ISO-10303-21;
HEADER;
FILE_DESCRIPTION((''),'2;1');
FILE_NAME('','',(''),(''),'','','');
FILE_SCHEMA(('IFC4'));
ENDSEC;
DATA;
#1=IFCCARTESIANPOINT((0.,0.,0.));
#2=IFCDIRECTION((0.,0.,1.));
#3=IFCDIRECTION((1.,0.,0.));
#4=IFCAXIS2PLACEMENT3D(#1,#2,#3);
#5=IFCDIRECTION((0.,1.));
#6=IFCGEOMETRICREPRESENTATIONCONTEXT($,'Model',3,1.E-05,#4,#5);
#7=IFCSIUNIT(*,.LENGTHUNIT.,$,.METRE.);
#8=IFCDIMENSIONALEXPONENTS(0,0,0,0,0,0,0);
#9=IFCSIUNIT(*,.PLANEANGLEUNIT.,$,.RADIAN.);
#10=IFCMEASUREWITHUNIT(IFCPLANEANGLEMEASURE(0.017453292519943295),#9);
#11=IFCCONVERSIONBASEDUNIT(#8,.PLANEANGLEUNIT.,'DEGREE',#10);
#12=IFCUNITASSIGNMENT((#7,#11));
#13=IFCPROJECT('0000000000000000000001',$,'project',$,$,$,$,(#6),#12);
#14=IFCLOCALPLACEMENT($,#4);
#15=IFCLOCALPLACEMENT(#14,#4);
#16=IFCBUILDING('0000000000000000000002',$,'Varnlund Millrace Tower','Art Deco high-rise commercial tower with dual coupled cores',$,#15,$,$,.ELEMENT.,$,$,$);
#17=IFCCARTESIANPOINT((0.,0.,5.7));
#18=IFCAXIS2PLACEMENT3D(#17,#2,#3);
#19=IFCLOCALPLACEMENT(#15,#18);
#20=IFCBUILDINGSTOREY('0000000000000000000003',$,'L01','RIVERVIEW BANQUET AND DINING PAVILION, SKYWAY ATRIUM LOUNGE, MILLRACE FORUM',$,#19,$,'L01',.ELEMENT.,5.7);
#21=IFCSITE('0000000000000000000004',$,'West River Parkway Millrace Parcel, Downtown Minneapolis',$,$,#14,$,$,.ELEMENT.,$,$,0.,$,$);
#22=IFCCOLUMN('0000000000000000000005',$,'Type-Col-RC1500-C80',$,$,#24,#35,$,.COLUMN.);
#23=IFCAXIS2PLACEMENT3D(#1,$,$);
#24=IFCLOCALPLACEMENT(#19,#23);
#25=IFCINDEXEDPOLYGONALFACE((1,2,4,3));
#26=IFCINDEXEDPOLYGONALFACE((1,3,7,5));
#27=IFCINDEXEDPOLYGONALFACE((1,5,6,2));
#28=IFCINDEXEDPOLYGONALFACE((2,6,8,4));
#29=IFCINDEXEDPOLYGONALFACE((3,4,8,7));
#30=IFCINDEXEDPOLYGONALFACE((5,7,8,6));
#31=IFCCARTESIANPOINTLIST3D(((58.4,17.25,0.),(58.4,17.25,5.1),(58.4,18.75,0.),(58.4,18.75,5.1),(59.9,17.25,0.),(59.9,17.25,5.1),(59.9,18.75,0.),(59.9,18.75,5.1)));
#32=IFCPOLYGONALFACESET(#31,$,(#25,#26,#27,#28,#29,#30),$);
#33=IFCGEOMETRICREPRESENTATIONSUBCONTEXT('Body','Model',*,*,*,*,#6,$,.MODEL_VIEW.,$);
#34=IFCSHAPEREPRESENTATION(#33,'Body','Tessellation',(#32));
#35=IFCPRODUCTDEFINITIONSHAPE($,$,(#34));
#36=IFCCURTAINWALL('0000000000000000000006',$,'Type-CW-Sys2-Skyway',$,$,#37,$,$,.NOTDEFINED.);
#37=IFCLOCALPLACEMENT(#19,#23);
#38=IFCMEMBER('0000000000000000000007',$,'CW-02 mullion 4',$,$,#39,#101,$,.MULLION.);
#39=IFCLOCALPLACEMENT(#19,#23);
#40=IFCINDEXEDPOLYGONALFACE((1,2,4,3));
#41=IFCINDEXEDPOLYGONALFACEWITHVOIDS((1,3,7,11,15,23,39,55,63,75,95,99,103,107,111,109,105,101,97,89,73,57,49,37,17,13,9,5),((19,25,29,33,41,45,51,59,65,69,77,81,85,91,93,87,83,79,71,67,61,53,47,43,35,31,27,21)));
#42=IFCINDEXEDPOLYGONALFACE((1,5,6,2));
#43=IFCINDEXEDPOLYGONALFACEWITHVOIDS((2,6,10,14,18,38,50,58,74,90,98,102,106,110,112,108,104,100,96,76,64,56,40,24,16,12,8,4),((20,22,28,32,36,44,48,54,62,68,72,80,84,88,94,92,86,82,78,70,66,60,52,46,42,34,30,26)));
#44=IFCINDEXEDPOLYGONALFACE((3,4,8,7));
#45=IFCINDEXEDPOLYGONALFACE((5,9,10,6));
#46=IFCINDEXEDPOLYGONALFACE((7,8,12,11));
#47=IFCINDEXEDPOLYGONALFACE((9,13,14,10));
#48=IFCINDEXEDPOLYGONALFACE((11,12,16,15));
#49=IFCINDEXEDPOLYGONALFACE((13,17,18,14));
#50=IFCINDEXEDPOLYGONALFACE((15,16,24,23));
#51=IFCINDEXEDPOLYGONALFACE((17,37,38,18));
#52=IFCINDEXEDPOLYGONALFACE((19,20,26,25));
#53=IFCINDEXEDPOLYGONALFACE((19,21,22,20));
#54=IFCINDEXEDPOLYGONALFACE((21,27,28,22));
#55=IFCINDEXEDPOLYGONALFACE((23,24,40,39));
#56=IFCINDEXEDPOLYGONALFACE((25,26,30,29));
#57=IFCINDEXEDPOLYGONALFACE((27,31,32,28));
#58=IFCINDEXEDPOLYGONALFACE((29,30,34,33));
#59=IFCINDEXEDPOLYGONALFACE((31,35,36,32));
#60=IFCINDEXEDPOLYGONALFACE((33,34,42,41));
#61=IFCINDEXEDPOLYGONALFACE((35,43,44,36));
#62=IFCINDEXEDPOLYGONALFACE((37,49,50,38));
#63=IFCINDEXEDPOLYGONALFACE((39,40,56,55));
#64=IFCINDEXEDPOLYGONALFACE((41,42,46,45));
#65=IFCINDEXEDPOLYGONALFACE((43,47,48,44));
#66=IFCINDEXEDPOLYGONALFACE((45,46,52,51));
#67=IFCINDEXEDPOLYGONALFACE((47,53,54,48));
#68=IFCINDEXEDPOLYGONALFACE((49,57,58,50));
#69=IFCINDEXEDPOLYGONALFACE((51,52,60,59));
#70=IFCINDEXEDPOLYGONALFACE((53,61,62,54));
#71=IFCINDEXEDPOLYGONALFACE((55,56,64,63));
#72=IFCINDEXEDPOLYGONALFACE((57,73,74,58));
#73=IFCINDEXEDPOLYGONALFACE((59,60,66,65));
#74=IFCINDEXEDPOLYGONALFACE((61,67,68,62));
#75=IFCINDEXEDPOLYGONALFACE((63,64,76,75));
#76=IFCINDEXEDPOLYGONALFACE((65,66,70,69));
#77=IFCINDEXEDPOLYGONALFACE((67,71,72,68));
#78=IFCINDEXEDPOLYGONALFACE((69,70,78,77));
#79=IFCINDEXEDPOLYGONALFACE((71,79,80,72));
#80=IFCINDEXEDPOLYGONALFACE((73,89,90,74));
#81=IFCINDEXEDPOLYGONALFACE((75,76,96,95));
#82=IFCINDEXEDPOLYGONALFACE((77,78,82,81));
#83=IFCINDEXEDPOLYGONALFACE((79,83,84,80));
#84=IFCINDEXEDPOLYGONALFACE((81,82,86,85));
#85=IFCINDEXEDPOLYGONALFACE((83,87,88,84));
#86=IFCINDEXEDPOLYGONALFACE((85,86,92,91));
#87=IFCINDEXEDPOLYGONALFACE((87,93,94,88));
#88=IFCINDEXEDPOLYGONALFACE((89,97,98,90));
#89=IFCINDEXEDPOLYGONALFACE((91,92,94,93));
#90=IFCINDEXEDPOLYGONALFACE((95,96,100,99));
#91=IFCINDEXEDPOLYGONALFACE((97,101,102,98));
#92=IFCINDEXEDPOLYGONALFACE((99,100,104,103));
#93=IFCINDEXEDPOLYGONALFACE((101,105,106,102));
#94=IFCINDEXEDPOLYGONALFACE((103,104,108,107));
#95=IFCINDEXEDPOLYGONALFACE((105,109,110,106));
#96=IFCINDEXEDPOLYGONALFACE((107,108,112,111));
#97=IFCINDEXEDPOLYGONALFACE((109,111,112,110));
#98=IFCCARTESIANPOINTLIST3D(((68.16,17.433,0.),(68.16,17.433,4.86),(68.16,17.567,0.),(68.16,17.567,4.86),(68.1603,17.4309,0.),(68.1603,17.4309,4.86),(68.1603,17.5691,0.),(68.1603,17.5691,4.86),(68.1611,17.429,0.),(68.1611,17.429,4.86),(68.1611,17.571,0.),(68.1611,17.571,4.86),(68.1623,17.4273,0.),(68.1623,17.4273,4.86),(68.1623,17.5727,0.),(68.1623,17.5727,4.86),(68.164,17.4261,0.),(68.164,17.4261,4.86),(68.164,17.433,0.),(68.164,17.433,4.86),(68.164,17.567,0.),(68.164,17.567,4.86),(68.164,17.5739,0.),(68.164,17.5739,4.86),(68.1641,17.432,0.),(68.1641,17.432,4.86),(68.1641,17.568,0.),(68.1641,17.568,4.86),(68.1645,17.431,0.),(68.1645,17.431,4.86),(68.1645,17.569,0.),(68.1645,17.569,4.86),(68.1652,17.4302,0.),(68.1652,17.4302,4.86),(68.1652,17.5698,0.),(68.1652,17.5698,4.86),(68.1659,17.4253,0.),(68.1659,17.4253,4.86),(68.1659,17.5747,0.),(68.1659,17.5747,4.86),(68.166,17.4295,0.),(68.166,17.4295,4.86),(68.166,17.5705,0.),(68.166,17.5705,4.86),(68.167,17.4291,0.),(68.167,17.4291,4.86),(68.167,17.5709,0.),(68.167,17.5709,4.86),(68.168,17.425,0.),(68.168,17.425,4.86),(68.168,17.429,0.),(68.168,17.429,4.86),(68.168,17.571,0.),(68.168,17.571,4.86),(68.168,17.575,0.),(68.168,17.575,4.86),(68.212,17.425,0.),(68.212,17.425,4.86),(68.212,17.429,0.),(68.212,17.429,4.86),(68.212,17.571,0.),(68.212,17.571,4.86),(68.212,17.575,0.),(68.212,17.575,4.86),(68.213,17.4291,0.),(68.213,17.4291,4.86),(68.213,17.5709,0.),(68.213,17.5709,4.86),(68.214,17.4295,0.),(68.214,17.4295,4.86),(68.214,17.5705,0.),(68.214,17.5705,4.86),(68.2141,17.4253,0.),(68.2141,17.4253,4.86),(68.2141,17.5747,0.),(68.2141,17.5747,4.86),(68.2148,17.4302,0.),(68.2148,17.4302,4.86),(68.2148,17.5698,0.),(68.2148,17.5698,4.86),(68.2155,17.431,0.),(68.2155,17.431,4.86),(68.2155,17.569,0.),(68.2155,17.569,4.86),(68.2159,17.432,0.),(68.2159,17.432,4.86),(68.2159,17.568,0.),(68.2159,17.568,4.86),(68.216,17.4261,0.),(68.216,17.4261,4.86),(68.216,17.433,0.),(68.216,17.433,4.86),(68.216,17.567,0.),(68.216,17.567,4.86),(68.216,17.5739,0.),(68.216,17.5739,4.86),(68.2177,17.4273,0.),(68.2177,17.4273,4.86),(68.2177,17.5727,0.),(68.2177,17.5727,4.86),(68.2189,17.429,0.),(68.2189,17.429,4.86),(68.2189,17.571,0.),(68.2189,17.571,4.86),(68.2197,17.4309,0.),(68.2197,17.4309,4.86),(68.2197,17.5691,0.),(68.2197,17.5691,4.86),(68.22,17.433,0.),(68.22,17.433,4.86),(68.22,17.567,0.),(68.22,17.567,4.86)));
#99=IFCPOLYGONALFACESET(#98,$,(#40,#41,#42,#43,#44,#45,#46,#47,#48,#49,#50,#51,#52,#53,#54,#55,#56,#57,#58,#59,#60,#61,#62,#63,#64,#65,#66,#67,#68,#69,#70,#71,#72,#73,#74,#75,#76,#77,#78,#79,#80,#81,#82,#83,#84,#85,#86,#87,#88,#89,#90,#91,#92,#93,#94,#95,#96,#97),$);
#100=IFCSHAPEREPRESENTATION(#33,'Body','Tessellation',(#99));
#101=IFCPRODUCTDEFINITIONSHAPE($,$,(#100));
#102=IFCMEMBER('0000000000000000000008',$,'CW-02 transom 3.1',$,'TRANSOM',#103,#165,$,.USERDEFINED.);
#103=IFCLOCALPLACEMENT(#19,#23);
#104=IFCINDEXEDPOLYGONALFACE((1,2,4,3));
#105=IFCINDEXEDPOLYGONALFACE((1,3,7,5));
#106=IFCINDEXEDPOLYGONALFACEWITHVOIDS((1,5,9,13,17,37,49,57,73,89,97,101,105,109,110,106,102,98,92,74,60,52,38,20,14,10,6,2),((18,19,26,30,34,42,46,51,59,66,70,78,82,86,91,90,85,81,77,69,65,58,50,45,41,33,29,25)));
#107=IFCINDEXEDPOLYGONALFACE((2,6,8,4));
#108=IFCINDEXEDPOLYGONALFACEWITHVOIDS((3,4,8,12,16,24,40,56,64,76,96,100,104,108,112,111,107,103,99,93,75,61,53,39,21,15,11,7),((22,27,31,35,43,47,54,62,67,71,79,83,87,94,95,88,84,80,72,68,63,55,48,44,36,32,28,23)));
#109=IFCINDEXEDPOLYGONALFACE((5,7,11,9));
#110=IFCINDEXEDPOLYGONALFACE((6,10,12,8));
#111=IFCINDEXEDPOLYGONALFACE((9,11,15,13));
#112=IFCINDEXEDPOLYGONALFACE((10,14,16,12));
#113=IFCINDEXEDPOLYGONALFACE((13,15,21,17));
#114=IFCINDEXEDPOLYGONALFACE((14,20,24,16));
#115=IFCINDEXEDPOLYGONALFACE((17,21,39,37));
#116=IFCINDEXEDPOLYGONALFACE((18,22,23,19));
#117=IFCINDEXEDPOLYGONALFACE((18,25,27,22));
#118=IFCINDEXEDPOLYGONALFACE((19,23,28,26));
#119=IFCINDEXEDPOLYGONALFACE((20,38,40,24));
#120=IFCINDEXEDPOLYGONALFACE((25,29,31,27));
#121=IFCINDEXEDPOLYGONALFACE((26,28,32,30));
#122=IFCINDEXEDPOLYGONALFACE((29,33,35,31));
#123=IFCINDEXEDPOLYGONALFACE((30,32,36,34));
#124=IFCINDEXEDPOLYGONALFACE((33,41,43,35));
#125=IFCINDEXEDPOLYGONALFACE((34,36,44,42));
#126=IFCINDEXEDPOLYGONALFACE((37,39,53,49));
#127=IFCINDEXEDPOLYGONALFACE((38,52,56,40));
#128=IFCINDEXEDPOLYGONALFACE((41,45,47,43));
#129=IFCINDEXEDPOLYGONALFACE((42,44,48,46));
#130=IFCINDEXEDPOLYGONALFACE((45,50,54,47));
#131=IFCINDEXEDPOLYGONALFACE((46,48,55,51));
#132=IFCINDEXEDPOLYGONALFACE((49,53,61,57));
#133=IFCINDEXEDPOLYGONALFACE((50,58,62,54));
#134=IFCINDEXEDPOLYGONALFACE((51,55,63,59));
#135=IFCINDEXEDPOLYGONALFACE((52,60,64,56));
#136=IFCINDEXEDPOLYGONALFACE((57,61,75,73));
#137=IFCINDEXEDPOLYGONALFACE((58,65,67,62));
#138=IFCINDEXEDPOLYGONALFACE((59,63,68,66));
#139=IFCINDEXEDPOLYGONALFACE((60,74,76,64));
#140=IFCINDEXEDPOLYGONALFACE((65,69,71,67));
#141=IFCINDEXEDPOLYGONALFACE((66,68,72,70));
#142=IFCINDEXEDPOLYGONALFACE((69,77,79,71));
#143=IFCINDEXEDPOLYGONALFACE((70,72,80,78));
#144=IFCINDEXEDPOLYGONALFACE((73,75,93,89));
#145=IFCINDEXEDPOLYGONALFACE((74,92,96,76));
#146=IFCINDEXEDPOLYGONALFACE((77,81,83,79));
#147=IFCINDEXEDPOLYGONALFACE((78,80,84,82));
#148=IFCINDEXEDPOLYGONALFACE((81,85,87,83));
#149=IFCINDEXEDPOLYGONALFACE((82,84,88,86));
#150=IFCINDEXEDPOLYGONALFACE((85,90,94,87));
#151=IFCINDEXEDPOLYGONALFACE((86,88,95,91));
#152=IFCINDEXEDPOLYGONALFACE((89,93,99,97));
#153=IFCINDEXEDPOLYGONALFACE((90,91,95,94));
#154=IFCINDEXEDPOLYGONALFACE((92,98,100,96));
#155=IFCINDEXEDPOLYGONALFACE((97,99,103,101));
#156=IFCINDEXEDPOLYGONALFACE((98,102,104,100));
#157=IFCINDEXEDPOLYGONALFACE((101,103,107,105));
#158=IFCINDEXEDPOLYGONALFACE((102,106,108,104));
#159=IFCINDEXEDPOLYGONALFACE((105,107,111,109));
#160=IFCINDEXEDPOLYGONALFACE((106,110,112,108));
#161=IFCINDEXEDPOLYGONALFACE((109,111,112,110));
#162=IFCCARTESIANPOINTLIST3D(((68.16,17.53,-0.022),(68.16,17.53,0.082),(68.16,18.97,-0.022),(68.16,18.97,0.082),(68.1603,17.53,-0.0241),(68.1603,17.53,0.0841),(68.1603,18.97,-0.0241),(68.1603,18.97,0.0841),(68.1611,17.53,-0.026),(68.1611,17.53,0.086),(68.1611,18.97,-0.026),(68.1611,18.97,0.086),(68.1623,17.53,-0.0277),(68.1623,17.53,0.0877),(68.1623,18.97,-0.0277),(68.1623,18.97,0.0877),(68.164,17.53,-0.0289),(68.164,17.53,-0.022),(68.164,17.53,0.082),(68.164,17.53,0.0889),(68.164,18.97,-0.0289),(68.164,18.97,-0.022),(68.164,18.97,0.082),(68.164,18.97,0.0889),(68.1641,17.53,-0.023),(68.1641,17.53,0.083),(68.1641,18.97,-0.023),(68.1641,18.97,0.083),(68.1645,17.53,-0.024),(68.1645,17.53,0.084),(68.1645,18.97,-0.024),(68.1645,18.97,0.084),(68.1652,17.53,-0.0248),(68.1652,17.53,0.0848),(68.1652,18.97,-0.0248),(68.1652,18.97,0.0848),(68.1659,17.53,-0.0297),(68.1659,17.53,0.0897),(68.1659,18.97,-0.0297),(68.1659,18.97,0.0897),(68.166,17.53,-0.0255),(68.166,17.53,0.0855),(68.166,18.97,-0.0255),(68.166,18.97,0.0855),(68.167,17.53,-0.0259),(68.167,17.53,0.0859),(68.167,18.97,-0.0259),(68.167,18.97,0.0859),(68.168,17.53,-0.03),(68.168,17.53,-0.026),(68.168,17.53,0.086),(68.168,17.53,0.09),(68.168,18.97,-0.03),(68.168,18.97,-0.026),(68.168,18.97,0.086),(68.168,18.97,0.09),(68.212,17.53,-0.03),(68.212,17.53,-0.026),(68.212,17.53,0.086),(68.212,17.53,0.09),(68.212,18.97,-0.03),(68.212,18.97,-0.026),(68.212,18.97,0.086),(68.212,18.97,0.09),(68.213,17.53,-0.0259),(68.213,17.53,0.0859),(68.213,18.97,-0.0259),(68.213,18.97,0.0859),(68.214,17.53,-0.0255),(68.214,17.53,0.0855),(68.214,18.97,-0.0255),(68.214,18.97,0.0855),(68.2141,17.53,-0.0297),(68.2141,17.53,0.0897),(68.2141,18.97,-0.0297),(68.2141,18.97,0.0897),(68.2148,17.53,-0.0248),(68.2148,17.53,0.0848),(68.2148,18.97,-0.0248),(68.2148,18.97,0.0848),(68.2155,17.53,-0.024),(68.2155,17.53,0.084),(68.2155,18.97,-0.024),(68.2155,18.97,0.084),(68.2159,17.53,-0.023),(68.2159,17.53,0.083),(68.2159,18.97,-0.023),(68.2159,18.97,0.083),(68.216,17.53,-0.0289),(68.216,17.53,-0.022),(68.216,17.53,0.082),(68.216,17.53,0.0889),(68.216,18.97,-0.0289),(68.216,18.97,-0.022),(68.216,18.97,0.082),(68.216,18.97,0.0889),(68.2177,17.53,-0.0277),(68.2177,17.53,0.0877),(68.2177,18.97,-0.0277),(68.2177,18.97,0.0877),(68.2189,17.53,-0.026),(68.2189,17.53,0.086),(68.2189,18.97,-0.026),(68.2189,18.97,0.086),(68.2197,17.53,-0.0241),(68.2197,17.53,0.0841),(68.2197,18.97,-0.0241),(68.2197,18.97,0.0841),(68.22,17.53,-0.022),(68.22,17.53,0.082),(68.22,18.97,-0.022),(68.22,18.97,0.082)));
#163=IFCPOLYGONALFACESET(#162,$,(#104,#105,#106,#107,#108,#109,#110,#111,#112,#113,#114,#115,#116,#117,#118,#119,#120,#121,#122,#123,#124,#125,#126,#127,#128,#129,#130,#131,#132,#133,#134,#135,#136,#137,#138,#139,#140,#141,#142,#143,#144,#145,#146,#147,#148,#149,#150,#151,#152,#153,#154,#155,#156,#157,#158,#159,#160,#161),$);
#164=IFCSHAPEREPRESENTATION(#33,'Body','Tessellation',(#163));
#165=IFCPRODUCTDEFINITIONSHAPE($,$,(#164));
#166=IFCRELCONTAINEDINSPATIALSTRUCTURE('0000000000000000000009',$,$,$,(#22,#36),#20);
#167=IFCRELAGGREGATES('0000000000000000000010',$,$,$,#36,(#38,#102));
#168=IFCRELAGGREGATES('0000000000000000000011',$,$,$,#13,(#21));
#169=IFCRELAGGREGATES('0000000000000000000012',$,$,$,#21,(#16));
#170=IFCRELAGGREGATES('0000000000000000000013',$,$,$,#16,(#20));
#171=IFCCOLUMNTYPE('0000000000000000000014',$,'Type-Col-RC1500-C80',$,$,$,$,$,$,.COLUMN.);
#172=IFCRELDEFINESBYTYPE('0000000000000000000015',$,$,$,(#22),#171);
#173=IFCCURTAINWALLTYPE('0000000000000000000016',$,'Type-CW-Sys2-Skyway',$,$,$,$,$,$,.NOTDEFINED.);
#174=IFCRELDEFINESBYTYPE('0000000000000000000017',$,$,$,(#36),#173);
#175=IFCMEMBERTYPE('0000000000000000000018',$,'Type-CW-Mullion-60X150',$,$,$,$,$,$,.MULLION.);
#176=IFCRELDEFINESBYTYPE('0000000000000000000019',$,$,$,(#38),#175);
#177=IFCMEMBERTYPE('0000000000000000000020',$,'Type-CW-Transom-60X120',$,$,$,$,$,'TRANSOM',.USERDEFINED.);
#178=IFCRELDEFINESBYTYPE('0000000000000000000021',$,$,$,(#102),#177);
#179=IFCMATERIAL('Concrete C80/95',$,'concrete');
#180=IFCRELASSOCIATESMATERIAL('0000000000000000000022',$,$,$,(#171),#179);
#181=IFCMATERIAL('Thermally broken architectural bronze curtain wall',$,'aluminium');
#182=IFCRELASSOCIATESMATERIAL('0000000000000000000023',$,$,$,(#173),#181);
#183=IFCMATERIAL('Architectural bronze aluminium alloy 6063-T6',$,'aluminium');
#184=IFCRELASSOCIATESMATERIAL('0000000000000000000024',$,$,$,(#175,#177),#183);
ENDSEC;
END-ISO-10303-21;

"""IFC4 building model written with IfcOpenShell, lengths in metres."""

from ifc_helpers import new_model, entity, si_unit, converted_unit, direction, frame, origin_with_axes, origin_2d_with_axis, place, context, subcontext, project, spatial, rectangle, hollow_rectangle, extrude, material, material_profile, profile_set, type_object, element, aggregate, save


model = new_model("IFC4")

# Units and contexts
model_context = context("Model", 3, precision=1e-05, world=origin_with_axes(), true_north=direction((0.0, 1.0)))
body_context = subcontext(model_context, "Body", "Model", "MODEL_VIEW")
ifc_project = project(units=[si_unit("LENGTHUNIT", "METRE"), converted_unit("PLANEANGLEUNIT", "DEGREE", entity("IfcPlaneAngleMeasure", 0.017453292519943295), si_unit("PLANEANGLEUNIT", "RADIAN"), dimensions=[0, 0, 0, 0, 0, 0, 0])], contexts=[model_context])

# Site, building, storey
site_placement = place(None, origin_with_axes())
site = spatial("IfcSite", under=ifc_project, at=site_placement, Name="West River Parkway Millrace Parcel, Downtown Minneapolis", CompositionType="ELEMENT", RefElevation=0.0)
building_placement = place(site_placement, origin_with_axes())
building = spatial("IfcBuilding", under=site, at=building_placement, Name="Varnlund Millrace Tower", Description="Art Deco high-rise commercial tower with dual coupled cores", CompositionType="ELEMENT")
storey_placement = place(building_placement, frame((0.0, 0.0, 5.7), z_axis=(0.0, 0.0, 1.0), x_axis=(1.0, 0.0, 0.0)))
storey = spatial("IfcBuildingStorey", under=building, at=storey_placement, Name="L01", Description="RIVERVIEW BANQUET AND DINING PAVILION, SKYWAY ATRIUM LOUNGE, MILLRACE FORUM", LongName="L01", CompositionType="ELEMENT", Elevation=5.7)

# Column
ifc_material_1 = material(Name="Concrete C80/95", Category="concrete")
ifc_material_profile_1 = material_profile(ifc_material_1, rectangle(XDim=1.5, YDim=1.5, at=origin_2d_with_axis()), Name="Concrete C80/95")
ifc_profile_set_1 = profile_set([ifc_material_profile_1], Name="Concrete C80/95")
column_type = type_object("IfcColumnType", Name="Type-Col-RC1500-C80", PredefinedType="COLUMN", material=ifc_profile_set_1)
column_placement = place(storey_placement, frame((59.15, 18.0, 0.0), z_axis=(0.0, 0.0, 1.0), x_axis=(1.0, 0.0, 0.0)))
element("IfcColumn", 1, at=column_placement, inside=storey, type_object=column_type, Name="Type-Col-RC1500-C80", PredefinedType="COLUMN", context=body_context, shape_type="SweptSolid", body=[
    extrude(rectangle(XDim=1.5, YDim=1.5, at=origin_2d_with_axis()), origin_with_axes(), (0.0, 0.0, 1.0), 5.1),
])

# Curtain wall, members
ifc_material_2 = material(Name="Thermally broken architectural bronze curtain wall", Category="aluminium")
curtain_wall_type = type_object("IfcCurtainWallType", Name="Type-CW-Sys2-Skyway", PredefinedType="NOTDEFINED", material=ifc_material_2)
curtain_wall_placement = place(storey_placement, frame((68.19, 22.0, 0.0), z_axis=(0.0, 0.0, 1.0), x_axis=(1.0, 0.0, 0.0)))
curtain_wall = element("IfcCurtainWall", 2, at=curtain_wall_placement, inside=storey, type_object=curtain_wall_type, Name="Type-CW-Sys2-Skyway", PredefinedType="NOTDEFINED")
ifc_material_3 = material(Name="Architectural bronze aluminium alloy 6063-T6", Category="aluminium")
ifc_material_profile_2 = material_profile(ifc_material_3, hollow_rectangle(XDim=0.06, YDim=0.15, WallThickness=0.004, InnerFilletRadius=0.004, OuterFilletRadius=0.008, at=origin_2d_with_axis()), Name="Architectural bronze aluminium alloy 6063-T6")
ifc_profile_set_2 = profile_set([ifc_material_profile_2], Name="Architectural bronze aluminium alloy 6063-T6")
member_type_1 = type_object("IfcMemberType", Name="Type-CW-Mullion-60X150", PredefinedType="MULLION", material=ifc_profile_set_2)
member_1_placement = place(storey_placement, frame((68.19, 17.5, 0.0), z_axis=(0.0, 0.0, 1.0), x_axis=(1.0, 0.0, 0.0)))
member_1 = element("IfcMember", 3, at=member_1_placement, type_object=member_type_1, Name="CW-02 mullion 4", PredefinedType="MULLION", context=body_context, shape_type="SweptSolid", body=[
    extrude(hollow_rectangle(XDim=0.06, YDim=0.15, WallThickness=0.004, InnerFilletRadius=0.004, OuterFilletRadius=0.008, at=origin_2d_with_axis()), origin_with_axes(), (0.0, 0.0, 1.0), 4.86),
])
ifc_material_profile_3 = material_profile(ifc_material_3, hollow_rectangle(XDim=0.06, YDim=0.12, WallThickness=0.004, InnerFilletRadius=0.004, OuterFilletRadius=0.008, at=origin_2d_with_axis()), Name="Architectural bronze aluminium alloy 6063-T6")
ifc_profile_set_3 = profile_set([ifc_material_profile_3], Name="Architectural bronze aluminium alloy 6063-T6")
member_type_2 = type_object("IfcMemberType", Name="Type-CW-Transom-60X120", ElementType="TRANSOM", PredefinedType="USERDEFINED", material=ifc_profile_set_3)
member_2_placement = place(storey_placement, frame((68.19, 18.97, 0.03), z_axis=(0.0, -1.0, 0.0), x_axis=(1.0, 0.0, 0.0)))
member_2 = element("IfcMember", 4, at=member_2_placement, type_object=member_type_2, Name="CW-02 transom 3.1", ObjectType="TRANSOM", PredefinedType="USERDEFINED", context=body_context, shape_type="SweptSolid", body=[
    extrude(hollow_rectangle(XDim=0.06, YDim=0.12, WallThickness=0.004, InnerFilletRadius=0.004, OuterFilletRadius=0.008, at=origin_2d_with_axis()), origin_with_axes(), (0.0, 0.0, 1.0), 1.44),
])

aggregate(curtain_wall, [member_1, member_2])

save(model, "model.ifc")
